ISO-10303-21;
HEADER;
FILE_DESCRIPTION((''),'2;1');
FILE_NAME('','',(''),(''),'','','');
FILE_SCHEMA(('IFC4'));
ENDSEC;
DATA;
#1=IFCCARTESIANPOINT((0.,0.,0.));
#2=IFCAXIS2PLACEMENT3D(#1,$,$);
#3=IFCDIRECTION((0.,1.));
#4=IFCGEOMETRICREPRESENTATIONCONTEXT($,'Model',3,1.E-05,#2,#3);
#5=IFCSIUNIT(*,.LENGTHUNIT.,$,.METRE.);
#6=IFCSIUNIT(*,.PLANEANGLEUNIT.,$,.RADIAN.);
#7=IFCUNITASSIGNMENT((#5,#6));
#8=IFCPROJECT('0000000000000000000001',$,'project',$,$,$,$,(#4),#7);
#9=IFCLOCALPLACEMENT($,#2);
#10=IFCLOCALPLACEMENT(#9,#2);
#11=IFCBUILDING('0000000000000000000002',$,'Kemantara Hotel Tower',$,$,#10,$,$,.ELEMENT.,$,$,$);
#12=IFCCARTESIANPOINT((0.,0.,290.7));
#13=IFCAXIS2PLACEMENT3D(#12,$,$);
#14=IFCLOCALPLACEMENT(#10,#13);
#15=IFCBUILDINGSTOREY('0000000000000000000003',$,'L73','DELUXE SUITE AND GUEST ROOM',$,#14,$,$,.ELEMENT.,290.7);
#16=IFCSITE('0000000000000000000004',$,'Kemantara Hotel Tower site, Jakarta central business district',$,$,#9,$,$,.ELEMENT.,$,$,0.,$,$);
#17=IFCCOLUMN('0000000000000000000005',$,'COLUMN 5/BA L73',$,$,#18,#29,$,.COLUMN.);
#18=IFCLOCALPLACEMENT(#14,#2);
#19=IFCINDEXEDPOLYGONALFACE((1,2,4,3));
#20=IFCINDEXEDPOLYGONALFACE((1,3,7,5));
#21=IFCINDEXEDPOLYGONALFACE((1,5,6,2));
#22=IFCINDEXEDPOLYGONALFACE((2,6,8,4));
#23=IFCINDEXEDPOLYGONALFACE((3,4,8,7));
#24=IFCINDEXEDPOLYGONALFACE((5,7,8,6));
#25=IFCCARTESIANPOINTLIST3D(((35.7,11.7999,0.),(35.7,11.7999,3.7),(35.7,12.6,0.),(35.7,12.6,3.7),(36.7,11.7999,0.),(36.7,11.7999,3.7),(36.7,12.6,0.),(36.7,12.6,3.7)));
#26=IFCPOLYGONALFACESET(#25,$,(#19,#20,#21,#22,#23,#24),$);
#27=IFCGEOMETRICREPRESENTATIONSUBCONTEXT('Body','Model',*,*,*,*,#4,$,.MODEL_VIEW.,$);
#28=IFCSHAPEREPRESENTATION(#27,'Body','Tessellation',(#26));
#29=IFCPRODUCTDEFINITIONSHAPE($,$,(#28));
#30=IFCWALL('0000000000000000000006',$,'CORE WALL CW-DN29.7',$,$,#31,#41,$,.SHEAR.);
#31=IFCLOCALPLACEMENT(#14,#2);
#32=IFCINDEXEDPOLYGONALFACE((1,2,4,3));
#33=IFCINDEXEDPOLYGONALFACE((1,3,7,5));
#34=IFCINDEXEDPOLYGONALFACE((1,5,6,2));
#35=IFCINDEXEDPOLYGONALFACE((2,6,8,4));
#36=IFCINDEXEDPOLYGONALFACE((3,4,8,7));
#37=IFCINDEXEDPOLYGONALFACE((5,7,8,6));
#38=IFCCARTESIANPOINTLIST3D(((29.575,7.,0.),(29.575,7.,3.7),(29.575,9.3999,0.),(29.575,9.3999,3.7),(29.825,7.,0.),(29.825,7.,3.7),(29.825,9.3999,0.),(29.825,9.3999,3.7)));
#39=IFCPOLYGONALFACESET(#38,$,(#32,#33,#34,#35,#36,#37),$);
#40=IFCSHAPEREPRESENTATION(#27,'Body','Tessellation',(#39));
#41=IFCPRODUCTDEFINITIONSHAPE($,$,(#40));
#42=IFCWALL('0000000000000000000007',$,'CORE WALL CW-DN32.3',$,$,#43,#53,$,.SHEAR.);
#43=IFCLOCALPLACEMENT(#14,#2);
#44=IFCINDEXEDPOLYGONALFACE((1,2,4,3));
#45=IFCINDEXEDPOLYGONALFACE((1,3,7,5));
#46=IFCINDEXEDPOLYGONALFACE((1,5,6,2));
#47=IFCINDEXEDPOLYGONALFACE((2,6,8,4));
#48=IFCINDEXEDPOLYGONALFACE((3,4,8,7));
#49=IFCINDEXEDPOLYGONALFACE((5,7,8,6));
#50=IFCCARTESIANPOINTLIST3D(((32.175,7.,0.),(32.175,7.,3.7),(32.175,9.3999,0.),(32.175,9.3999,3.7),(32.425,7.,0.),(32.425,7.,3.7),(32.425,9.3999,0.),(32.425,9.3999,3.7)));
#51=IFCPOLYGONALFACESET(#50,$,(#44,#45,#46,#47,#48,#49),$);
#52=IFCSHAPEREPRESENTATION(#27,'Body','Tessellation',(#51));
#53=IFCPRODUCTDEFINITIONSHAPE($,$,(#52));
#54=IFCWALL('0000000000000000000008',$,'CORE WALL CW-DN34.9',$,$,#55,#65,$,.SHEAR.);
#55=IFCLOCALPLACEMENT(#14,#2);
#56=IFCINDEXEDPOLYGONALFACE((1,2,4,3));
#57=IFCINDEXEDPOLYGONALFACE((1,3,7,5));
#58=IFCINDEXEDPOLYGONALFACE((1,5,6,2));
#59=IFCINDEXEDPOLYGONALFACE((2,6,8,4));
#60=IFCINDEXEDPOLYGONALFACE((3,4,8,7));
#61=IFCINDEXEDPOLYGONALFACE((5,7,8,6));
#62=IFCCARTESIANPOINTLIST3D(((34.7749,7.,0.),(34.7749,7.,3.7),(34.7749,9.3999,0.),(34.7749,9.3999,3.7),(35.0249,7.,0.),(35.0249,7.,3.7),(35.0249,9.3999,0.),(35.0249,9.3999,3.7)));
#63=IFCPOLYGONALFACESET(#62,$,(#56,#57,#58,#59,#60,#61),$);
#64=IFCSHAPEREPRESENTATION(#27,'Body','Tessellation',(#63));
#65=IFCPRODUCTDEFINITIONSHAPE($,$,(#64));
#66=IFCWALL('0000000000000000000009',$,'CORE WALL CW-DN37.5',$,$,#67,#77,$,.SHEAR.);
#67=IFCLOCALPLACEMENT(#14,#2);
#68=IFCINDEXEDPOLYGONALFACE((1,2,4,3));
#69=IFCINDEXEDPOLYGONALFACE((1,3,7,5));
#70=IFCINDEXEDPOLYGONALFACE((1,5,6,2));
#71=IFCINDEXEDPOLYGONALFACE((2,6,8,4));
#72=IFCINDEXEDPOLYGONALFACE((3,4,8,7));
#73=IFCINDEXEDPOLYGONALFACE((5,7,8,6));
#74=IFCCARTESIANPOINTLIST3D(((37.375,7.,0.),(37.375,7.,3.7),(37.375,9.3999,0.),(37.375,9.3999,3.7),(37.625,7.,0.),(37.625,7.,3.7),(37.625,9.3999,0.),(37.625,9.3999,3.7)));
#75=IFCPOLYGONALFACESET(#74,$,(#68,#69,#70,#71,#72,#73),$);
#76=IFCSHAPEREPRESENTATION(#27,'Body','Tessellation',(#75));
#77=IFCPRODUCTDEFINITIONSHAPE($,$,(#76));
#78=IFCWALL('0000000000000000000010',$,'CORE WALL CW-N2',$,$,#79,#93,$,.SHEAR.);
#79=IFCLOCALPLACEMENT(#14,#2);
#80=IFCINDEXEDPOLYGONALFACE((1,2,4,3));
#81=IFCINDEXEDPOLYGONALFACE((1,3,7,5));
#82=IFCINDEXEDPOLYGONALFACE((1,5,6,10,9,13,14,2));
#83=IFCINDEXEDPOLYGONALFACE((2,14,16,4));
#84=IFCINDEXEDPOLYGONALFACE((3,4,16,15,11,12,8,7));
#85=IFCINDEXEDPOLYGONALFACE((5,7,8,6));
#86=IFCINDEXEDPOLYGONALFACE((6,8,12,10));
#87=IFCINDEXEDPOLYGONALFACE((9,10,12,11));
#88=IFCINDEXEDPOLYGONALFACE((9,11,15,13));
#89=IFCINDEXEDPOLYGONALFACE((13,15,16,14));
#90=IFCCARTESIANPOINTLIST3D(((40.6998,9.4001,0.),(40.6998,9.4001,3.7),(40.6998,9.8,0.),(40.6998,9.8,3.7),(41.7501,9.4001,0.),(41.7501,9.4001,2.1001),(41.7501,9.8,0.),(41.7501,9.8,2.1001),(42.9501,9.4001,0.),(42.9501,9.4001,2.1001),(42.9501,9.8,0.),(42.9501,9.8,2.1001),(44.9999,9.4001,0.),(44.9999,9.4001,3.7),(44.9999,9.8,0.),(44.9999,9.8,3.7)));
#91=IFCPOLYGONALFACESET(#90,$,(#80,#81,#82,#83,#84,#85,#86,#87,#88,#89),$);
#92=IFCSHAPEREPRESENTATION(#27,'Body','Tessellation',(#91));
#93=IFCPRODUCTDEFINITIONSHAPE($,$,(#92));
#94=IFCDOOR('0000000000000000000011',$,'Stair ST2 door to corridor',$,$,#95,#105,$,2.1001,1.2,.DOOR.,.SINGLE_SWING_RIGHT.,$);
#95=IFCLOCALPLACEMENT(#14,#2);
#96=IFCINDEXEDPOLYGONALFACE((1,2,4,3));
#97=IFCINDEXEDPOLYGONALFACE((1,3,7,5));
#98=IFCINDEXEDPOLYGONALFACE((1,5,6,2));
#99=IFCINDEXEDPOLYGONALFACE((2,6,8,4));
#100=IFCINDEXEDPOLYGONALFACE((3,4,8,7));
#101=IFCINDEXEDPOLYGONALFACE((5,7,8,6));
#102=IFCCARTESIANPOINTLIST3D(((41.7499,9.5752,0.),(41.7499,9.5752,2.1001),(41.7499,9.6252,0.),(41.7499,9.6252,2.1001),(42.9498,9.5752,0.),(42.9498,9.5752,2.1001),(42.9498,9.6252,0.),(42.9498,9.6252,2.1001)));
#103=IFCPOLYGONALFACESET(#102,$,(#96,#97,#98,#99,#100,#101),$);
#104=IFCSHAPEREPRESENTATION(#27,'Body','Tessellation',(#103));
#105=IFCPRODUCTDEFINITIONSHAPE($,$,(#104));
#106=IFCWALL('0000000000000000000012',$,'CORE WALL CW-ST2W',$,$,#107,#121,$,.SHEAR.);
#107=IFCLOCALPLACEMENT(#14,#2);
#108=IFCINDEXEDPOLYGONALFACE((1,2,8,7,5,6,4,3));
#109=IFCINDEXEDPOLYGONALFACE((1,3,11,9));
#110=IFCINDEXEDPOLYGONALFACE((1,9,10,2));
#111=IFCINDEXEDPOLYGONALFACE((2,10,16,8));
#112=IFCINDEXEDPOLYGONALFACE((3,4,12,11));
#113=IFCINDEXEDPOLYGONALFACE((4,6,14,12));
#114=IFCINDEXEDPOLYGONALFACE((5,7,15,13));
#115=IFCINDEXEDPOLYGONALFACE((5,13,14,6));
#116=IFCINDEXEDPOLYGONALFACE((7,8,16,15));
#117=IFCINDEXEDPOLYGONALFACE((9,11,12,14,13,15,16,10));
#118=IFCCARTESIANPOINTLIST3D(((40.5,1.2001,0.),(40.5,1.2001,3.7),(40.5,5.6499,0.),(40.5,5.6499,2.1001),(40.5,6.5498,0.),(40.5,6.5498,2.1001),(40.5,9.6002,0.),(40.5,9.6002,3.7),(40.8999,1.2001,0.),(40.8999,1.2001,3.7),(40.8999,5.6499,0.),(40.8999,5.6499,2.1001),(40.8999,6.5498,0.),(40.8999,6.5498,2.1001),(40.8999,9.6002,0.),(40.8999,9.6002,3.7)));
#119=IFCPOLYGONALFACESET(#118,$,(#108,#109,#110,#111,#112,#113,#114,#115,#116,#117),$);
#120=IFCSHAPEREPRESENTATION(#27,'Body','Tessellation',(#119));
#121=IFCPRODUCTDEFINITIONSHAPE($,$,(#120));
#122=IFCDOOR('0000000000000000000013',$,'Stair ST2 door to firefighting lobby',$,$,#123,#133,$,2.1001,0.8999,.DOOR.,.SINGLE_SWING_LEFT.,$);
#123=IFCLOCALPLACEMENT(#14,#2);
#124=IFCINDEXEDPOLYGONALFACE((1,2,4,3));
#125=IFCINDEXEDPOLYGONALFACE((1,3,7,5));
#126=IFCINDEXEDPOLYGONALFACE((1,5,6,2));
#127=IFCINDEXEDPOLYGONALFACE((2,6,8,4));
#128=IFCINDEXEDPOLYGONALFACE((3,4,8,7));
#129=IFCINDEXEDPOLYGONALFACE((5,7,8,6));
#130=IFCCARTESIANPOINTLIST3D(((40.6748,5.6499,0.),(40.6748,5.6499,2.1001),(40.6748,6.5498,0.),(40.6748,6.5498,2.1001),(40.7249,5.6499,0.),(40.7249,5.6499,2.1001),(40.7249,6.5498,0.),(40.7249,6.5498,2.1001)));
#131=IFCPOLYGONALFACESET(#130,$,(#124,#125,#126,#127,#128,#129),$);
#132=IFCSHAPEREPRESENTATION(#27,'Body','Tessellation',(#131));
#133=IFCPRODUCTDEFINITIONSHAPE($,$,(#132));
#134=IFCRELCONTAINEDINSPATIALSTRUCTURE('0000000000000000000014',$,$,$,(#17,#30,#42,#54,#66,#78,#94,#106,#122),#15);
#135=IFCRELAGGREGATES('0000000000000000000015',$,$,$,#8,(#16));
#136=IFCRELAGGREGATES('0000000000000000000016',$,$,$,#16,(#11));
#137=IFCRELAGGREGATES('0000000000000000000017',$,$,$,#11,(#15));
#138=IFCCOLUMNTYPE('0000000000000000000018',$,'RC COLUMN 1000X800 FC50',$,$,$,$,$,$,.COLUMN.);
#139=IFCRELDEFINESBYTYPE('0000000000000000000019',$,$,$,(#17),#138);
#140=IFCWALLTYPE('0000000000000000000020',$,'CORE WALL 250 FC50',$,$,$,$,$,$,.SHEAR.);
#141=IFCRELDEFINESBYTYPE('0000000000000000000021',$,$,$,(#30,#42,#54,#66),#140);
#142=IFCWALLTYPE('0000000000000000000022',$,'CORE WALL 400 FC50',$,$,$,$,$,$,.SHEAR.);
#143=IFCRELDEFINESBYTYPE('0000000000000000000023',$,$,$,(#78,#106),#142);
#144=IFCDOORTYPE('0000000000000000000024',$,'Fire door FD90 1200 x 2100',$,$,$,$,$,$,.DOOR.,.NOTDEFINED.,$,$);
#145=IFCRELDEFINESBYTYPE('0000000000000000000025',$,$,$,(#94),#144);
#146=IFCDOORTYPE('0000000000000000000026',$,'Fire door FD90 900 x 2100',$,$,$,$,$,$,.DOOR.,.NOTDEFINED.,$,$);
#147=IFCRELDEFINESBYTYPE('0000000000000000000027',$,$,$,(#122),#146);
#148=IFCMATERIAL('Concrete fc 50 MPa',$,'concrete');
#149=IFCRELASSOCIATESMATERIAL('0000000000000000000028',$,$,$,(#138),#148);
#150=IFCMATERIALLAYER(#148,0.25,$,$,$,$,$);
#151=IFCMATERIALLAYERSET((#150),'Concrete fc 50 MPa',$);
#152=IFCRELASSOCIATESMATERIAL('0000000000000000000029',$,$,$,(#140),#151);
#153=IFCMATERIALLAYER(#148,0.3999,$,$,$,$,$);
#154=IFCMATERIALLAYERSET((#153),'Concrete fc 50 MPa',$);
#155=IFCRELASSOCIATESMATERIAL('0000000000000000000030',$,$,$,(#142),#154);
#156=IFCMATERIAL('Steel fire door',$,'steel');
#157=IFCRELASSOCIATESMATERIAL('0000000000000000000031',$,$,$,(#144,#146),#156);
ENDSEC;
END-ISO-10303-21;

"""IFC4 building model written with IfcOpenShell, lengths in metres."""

from ifc_helpers import new_model, si_unit, direction, frame, frame_2d, origin, origin_2d, place, context, subcontext, project, spatial, rectangle, extrude, material, layer, layer_set, material_profile, profile_set, type_object, element, fill, save


model = new_model("IFC4")

# Units and contexts
model_context = context("Model", 3, precision=1e-05, world=origin(), true_north=direction((0.0, 1.0)))
body_context = subcontext(model_context, "Body", "Model", "MODEL_VIEW")
ifc_project = project(units=[si_unit("LENGTHUNIT", "METRE"), si_unit("PLANEANGLEUNIT", "RADIAN")], contexts=[model_context])

# Site, building, storey
site_placement = place(None, origin())
site = spatial("IfcSite", under=ifc_project, at=site_placement, Name="Kemantara Hotel Tower site, Jakarta central business district", CompositionType="ELEMENT", RefElevation=0.0)
building_placement = place(site_placement, origin())
building = spatial("IfcBuilding", under=site, at=building_placement, Name="Kemantara Hotel Tower", CompositionType="ELEMENT")
storey_placement = place(building_placement, frame((0.0, 0.0, 290.7)))
storey = spatial("IfcBuildingStorey", under=building, at=storey_placement, Name="L73", Description="DELUXE SUITE AND GUEST ROOM", CompositionType="ELEMENT", Elevation=290.7)

# Column
ifc_material_1 = material(Name="Concrete fc 50 MPa", Category="concrete")
ifc_material_profile = material_profile(ifc_material_1, rectangle(XDim=1.0, YDim=0.8, at=origin_2d()), Name="RC 1000X800")
ifc_profile_set = profile_set([ifc_material_profile], Name="Concrete fc 50 MPa")
column_type = type_object("IfcColumnType", Name="RC COLUMN 1000X800 FC50", PredefinedType="COLUMN", material=ifc_profile_set)
column_placement = place(storey_placement, frame((36.2, 12.2, 0.0), z_axis=(0.0, 0.0, 1.0), x_axis=(1.0, 0.0, 0.0)))
element("IfcColumn", 1, at=column_placement, inside=storey, type_object=column_type, Name="COLUMN 5/BA L73", PredefinedType="COLUMN", context=body_context, shape_type="SweptSolid", body=[
    extrude(rectangle(XDim=1.0, YDim=0.8, at=origin_2d()), origin(), (0.0, 0.0, 1.0), 3.7),
])

# Walls
ifc_layer_1 = layer(ifc_material_1, 0.25)
ifc_layer_set_1 = layer_set([ifc_layer_1], Name="Concrete fc 50 MPa")
wall_type_1 = type_object("IfcWallType", Name="CORE WALL 250 FC50", PredefinedType="SHEAR", material=ifc_layer_set_1)
for number, where, z_axis, x_axis, name in (
    (2, (29.7, 7.0, 0.0), (0.0, 0.0, 1.0), (0.0, 1.0, 0.0), "CORE WALL CW-DN29.7"),
    (3, (32.3, 7.0, 0.0), (0.0, 0.0, 1.0), (0.0, 1.0, 0.0), "CORE WALL CW-DN32.3"),
    (4, (34.8999, 7.0, 0.0), (0.0, 0.0, 1.0), (0.0, 1.0, 0.0), "CORE WALL CW-DN34.9"),
    (5, (37.5, 7.0, 0.0), (0.0, 0.0, 1.0), (0.0, 1.0, 0.0), "CORE WALL CW-DN37.5"),
):
    element("IfcWall", number, at=place(storey_placement, frame(where, z_axis=z_axis, x_axis=x_axis)), inside=storey, type_object=wall_type_1, Name=name, PredefinedType="SHEAR", context=body_context, shape_type="SweptSolid", body=[
        extrude(rectangle(XDim=2.3999, YDim=0.25, at=frame_2d((1.2, 0.0))), origin(), (0.0, 0.0, 1.0), 3.7),
    ])

# Walls, openings, doors
ifc_layer_2 = layer(ifc_material_1, 0.3999)
ifc_layer_set_2 = layer_set([ifc_layer_2], Name="Concrete fc 50 MPa")
wall_type_2 = type_object("IfcWallType", Name="CORE WALL 400 FC50", PredefinedType="SHEAR", material=ifc_layer_set_2)
wall_1_placement = place(storey_placement, frame((40.7, 9.6001, 0.0), z_axis=(0.0, 0.0, 1.0), x_axis=(1.0, 0.0, 0.0)))
wall_1 = element("IfcWall", 6, at=wall_1_placement, inside=storey, type_object=wall_type_2, Name="CORE WALL CW-N2", PredefinedType="SHEAR", context=body_context, shape_type="SweptSolid", body=[
    extrude(rectangle(XDim=4.3, YDim=0.3999, at=frame_2d((2.1499, 0.0))), origin(), (0.0, 0.0, 1.0), 3.7),
])
opening_1_placement = place(wall_1_placement, frame((1.05, 0.0, 0.0)))
opening_1 = element("IfcOpeningElement", 7, at=opening_1_placement, cuts=wall_1, PredefinedType="OPENING", context=body_context, shape_type="SweptSolid", body=[
    extrude(rectangle(XDim=1.2, YDim=2.1001, at=frame_2d((0.6001, 1.05))), frame((0.0, 0.21, 0.0), z_axis=(0.0, -1.0, 0.0), x_axis=(1.0, 0.0, 0.0)), (0.0, 0.0, 1.0), 0.4199),
])
ifc_material_2 = material(Name="Steel fire door", Category="steel")
door_type_1 = type_object("IfcDoorType", Name="Fire door FD90 1200 x 2100", OperationType="NOTDEFINED", PredefinedType="DOOR", material=ifc_material_2)
door_1_placement = place(opening_1_placement, frame((1.2, 0.0, 0.0), z_axis=(0.0, 0.0, 1.0), x_axis=(-1.0, 0.0, 0.0)))
door_1 = element("IfcDoor", 8, at=door_1_placement, inside=storey, type_object=door_type_1, Name="Stair ST2 door to corridor", OperationType="SINGLE_SWING_RIGHT", OverallHeight=2.1001, OverallWidth=1.2, PredefinedType="DOOR", context=body_context, shape_type="SweptSolid", body=[
    extrude(rectangle(XDim=1.2, YDim=2.1001, at=frame_2d((0.6001, 1.05))), frame((0.0, 0.0249, 0.0), z_axis=(0.0, -1.0, 0.0), x_axis=(1.0, 0.0, 0.0)), (0.0, 0.0, 1.0), 0.05),
])
fill(opening_1, door_1)
wall_2_placement = place(storey_placement, frame((40.7, 1.2, 0.0), z_axis=(0.0, 0.0, 1.0), x_axis=(0.0, 1.0, 0.0)))
wall_2 = element("IfcWall", 9, at=wall_2_placement, inside=storey, type_object=wall_type_2, Name="CORE WALL CW-ST2W", PredefinedType="SHEAR", context=body_context, shape_type="SweptSolid", body=[
    extrude(rectangle(XDim=8.4001, YDim=0.3999, at=frame_2d((4.2002, 0.0))), origin(), (0.0, 0.0, 1.0), 3.7),
])
opening_2_placement = place(wall_2_placement, frame((4.45, 0.0, 0.0)))
opening_2 = element("IfcOpeningElement", 10, at=opening_2_placement, cuts=wall_2, PredefinedType="OPENING", context=body_context, shape_type="SweptSolid", body=[
    extrude(rectangle(XDim=0.8999, YDim=2.1001, at=frame_2d((0.45, 1.05))), frame((0.0, 0.21, 0.0), z_axis=(0.0, -1.0, 0.0), x_axis=(1.0, 0.0, 0.0)), (0.0, 0.0, 1.0), 0.4199),
])
door_type_2 = type_object("IfcDoorType", Name="Fire door FD90 900 x 2100", OperationType="NOTDEFINED", PredefinedType="DOOR", material=ifc_material_2)
door_2_placement = place(opening_2_placement, frame((0.8999, 0.0, 0.0), z_axis=(0.0, 0.0, 1.0), x_axis=(-1.0, 0.0, 0.0)))
door_2 = element("IfcDoor", 11, at=door_2_placement, inside=storey, type_object=door_type_2, Name="Stair ST2 door to firefighting lobby", OperationType="SINGLE_SWING_LEFT", OverallHeight=2.1001, OverallWidth=0.8999, PredefinedType="DOOR", context=body_context, shape_type="SweptSolid", body=[
    extrude(rectangle(XDim=0.8999, YDim=2.1001, at=frame_2d((0.45, 1.05))), frame((0.0, 0.0249, 0.0), z_axis=(0.0, -1.0, 0.0), x_axis=(1.0, 0.0, 0.0)), (0.0, 0.0, 1.0), 0.05),
])
fill(opening_2, door_2)

save(model, "model.ifc")
